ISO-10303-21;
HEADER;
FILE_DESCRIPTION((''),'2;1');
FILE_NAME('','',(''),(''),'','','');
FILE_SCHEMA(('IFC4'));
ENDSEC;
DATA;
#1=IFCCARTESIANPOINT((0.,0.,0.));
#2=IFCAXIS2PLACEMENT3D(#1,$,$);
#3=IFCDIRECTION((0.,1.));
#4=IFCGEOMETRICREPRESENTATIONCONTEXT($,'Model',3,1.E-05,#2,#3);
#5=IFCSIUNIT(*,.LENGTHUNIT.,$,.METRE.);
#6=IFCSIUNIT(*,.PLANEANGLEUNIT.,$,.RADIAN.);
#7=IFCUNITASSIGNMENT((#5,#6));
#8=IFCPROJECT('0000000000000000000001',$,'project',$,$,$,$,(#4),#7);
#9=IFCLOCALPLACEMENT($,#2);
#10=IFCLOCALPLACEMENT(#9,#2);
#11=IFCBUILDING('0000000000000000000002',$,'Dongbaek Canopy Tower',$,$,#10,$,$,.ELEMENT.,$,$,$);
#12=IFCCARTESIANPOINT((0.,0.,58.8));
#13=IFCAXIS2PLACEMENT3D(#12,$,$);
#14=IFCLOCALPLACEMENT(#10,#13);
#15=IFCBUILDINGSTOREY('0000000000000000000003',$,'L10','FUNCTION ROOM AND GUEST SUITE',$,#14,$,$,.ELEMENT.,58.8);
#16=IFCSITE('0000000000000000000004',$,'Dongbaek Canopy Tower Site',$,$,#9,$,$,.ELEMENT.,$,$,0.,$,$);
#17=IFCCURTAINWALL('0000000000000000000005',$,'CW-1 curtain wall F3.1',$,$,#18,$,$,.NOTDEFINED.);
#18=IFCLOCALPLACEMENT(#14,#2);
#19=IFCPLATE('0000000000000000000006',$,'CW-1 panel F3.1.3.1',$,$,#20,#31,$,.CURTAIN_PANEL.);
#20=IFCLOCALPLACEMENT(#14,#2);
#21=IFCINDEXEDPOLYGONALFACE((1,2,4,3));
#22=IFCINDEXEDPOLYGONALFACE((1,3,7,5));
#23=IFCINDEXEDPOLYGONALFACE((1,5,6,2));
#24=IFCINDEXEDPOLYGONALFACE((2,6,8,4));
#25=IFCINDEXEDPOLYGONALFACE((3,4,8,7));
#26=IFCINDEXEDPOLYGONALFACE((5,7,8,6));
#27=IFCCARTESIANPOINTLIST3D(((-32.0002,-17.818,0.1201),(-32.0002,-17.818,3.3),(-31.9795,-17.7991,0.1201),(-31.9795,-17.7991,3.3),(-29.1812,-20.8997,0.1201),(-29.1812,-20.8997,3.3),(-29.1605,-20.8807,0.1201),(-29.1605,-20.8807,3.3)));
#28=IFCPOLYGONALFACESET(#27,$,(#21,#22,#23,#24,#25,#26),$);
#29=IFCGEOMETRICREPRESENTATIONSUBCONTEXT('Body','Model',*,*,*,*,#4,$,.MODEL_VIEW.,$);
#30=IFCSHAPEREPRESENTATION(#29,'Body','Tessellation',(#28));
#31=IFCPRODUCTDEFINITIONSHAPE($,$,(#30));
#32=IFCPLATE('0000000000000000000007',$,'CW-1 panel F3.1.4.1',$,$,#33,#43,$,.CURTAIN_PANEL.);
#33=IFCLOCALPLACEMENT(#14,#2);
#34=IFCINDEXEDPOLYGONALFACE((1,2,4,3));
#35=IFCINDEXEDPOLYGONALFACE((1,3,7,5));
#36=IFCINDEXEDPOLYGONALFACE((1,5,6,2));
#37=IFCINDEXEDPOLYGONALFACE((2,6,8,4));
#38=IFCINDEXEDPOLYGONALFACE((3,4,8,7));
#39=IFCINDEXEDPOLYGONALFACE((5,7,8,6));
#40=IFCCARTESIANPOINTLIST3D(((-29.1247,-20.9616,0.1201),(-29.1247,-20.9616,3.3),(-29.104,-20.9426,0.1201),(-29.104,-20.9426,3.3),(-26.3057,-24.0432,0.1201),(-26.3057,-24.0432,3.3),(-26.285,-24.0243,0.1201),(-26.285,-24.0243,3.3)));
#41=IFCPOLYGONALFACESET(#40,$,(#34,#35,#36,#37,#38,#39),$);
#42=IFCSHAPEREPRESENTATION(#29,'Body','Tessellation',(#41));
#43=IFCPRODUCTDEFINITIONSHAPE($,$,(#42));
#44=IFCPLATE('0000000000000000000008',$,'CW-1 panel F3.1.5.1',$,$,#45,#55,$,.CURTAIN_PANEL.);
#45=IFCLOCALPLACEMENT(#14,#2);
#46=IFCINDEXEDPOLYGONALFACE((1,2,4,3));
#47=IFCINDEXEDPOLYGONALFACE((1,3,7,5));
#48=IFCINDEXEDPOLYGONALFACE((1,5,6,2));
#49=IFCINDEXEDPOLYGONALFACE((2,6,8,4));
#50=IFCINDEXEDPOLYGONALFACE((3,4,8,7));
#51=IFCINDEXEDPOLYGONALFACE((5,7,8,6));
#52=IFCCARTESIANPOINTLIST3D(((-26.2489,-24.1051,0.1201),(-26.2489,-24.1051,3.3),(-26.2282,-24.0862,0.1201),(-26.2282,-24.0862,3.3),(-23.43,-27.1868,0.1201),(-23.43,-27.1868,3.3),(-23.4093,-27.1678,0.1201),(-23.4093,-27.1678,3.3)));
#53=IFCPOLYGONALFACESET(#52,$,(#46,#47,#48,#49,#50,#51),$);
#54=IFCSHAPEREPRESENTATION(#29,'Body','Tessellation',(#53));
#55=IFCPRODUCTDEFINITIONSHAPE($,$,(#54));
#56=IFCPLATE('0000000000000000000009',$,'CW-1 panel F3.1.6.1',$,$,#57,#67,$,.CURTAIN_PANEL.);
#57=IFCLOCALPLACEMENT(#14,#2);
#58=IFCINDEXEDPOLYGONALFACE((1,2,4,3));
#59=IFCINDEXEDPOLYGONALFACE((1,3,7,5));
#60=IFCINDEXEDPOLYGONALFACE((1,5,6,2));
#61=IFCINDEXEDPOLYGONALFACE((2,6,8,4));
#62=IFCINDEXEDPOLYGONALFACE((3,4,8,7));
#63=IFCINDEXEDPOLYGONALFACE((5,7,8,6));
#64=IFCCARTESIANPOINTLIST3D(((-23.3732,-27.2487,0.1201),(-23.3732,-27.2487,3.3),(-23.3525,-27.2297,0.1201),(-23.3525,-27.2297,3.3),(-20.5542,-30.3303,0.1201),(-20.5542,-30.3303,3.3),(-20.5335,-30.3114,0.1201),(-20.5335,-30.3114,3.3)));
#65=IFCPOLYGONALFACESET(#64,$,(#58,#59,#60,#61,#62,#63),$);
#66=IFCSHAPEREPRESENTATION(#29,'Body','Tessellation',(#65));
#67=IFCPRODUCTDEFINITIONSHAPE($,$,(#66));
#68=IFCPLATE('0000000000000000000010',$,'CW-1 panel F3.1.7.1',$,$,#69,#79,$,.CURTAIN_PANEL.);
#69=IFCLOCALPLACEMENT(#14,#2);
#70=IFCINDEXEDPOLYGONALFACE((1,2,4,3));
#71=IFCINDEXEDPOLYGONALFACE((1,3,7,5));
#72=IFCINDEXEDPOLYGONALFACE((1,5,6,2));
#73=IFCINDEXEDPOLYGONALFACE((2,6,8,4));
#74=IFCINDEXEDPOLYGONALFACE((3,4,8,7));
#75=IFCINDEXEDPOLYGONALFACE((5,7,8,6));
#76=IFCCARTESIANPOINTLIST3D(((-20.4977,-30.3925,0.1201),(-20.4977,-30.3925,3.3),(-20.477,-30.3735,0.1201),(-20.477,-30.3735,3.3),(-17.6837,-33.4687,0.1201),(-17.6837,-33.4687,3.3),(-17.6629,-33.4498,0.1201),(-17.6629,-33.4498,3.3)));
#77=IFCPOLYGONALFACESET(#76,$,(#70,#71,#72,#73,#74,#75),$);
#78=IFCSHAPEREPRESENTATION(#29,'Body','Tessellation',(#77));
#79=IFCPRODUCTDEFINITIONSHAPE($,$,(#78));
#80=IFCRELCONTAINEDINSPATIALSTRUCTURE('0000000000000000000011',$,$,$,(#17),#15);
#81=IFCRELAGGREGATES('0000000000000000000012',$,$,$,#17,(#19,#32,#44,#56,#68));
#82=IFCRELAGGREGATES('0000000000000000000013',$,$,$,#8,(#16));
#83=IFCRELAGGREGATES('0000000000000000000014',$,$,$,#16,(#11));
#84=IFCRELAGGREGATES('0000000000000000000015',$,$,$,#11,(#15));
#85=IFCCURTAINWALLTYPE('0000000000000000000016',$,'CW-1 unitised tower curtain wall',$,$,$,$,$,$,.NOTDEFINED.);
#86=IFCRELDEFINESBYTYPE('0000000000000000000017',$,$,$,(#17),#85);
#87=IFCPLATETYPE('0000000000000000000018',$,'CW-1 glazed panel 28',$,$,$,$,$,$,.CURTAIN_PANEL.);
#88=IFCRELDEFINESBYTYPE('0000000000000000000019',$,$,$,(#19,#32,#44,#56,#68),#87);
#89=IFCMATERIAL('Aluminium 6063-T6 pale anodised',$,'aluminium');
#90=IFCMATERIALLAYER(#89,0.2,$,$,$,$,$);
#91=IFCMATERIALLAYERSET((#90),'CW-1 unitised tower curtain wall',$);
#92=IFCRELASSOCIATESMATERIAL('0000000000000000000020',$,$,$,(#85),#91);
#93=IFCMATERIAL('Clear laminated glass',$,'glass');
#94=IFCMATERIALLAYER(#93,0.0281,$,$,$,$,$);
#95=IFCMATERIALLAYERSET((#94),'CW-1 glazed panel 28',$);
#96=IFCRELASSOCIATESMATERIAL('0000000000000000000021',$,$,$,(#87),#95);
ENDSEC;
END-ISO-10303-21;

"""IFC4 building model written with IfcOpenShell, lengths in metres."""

from ifc_helpers import new_model, si_unit, direction, frame, origin, origin_2d, place, context, subcontext, project, spatial, rectangle, extrude, material, layer, layer_set, type_object, element, aggregate, save


model = new_model("IFC4")

# Units and contexts
model_context = context("Model", 3, precision=1e-05, world=origin(), true_north=direction((0.0, 1.0)))
body_context = subcontext(model_context, "Body", "Model", "MODEL_VIEW")
ifc_project = project(units=[si_unit("LENGTHUNIT", "METRE"), si_unit("PLANEANGLEUNIT", "RADIAN")], contexts=[model_context])

# Site, building, storey
site_placement = place(None, origin())
site = spatial("IfcSite", under=ifc_project, at=site_placement, Name="Dongbaek Canopy Tower Site", CompositionType="ELEMENT", RefElevation=0.0)
building_placement = place(site_placement, origin())
building = spatial("IfcBuilding", under=site, at=building_placement, Name="Dongbaek Canopy Tower", CompositionType="ELEMENT")
storey_placement = place(building_placement, frame((0.0, 0.0, 58.8)))
storey = spatial("IfcBuildingStorey", under=building, at=storey_placement, Name="L10", Description="FUNCTION ROOM AND GUEST SUITE", CompositionType="ELEMENT", Elevation=58.8)

# Curtain wall
ifc_material_1 = material(Name="Aluminium 6063-T6 pale anodised", Category="aluminium")
ifc_layer_1 = layer(ifc_material_1, 0.2)
ifc_layer_set_1 = layer_set([ifc_layer_1], Name="CW-1 unitised tower curtain wall")
curtain_wall_type = type_object("IfcCurtainWallType", Name="CW-1 unitised tower curtain wall", PredefinedType="NOTDEFINED", material=ifc_layer_set_1)
curtain_wall_1_placement = place(storey_placement, origin())
curtain_wall_1 = element("IfcCurtainWall", 1, at=curtain_wall_1_placement, inside=storey, type_object=curtain_wall_type, Name="CW-1 curtain wall F3.1", PredefinedType="NOTDEFINED")

# Plates
ifc_material_2 = material(Name="Clear laminated glass", Category="glass")
ifc_layer_2 = layer(ifc_material_2, 0.0281)
ifc_layer_set_2 = layer_set([ifc_layer_2], Name="CW-1 glazed panel 28")
plate_type = type_object("IfcPlateType", Name="CW-1 glazed panel 28", PredefinedType="CURTAIN_PANEL", material=ifc_layer_set_2)
plate_1_placement = place(storey_placement, frame((-30.5803, -19.3494, 0.1201), z_axis=(0.0, 0.0, 1.0), x_axis=(0.674959, -0.737855, 0.0)))
plate_1 = element("IfcPlate", 2, at=plate_1_placement, type_object=plate_type, Name="CW-1 panel F3.1.3.1", PredefinedType="CURTAIN_PANEL", context=body_context, shape_type="SweptSolid", body=[
    extrude(rectangle(XDim=4.1765, YDim=0.0281, at=origin_2d()), origin(), (0.0, 0.0, 1.0), 3.1799),
])
plate_2_placement = place(storey_placement, frame((-27.7048, -22.4929, 0.1201), z_axis=(0.0, 0.0, 1.0), x_axis=(0.674959, -0.737855, 0.0)))
plate_2 = element("IfcPlate", 3, at=plate_2_placement, type_object=plate_type, Name="CW-1 panel F3.1.4.1", PredefinedType="CURTAIN_PANEL", context=body_context, shape_type="SweptSolid", body=[
    extrude(rectangle(XDim=4.1765, YDim=0.0281, at=origin_2d()), origin(), (0.0, 0.0, 1.0), 3.1799),
])
plate_3_placement = place(storey_placement, frame((-24.8291, -25.6365, 0.1201), z_axis=(0.0, 0.0, 1.0), x_axis=(0.674959, -0.737855, 0.0)))
plate_3 = element("IfcPlate", 4, at=plate_3_placement, type_object=plate_type, Name="CW-1 panel F3.1.5.1", PredefinedType="CURTAIN_PANEL", context=body_context, shape_type="SweptSolid", body=[
    extrude(rectangle(XDim=4.1765, YDim=0.0281, at=origin_2d()), origin(), (0.0, 0.0, 1.0), 3.1799),
])
plate_4_placement = place(storey_placement, frame((-21.9534, -28.78, 0.1201), z_axis=(0.0, 0.0, 1.0), x_axis=(0.674959, -0.737855, 0.0)))
plate_4 = element("IfcPlate", 5, at=plate_4_placement, type_object=plate_type, Name="CW-1 panel F3.1.6.1", PredefinedType="CURTAIN_PANEL", context=body_context, shape_type="SweptSolid", body=[
    extrude(rectangle(XDim=4.1765, YDim=0.0281, at=origin_2d()), origin(), (0.0, 0.0, 1.0), 3.1799),
])
plate_5_placement = place(storey_placement, frame((-19.0803, -31.9211, 0.1201), z_axis=(0.0, 0.0, 1.0), x_axis=(0.674959, -0.737855, 0.0)))
plate_5 = element("IfcPlate", 6, at=plate_5_placement, type_object=plate_type, Name="CW-1 panel F3.1.7.1", PredefinedType="CURTAIN_PANEL", context=body_context, shape_type="SweptSolid", body=[
    extrude(rectangle(XDim=4.1692, YDim=0.0281, at=origin_2d()), origin(), (0.0, 0.0, 1.0), 3.1799),
])

aggregate(curtain_wall_1, [plate_1, plate_2, plate_3, plate_4, plate_5])

save(model, "model.ifc")
